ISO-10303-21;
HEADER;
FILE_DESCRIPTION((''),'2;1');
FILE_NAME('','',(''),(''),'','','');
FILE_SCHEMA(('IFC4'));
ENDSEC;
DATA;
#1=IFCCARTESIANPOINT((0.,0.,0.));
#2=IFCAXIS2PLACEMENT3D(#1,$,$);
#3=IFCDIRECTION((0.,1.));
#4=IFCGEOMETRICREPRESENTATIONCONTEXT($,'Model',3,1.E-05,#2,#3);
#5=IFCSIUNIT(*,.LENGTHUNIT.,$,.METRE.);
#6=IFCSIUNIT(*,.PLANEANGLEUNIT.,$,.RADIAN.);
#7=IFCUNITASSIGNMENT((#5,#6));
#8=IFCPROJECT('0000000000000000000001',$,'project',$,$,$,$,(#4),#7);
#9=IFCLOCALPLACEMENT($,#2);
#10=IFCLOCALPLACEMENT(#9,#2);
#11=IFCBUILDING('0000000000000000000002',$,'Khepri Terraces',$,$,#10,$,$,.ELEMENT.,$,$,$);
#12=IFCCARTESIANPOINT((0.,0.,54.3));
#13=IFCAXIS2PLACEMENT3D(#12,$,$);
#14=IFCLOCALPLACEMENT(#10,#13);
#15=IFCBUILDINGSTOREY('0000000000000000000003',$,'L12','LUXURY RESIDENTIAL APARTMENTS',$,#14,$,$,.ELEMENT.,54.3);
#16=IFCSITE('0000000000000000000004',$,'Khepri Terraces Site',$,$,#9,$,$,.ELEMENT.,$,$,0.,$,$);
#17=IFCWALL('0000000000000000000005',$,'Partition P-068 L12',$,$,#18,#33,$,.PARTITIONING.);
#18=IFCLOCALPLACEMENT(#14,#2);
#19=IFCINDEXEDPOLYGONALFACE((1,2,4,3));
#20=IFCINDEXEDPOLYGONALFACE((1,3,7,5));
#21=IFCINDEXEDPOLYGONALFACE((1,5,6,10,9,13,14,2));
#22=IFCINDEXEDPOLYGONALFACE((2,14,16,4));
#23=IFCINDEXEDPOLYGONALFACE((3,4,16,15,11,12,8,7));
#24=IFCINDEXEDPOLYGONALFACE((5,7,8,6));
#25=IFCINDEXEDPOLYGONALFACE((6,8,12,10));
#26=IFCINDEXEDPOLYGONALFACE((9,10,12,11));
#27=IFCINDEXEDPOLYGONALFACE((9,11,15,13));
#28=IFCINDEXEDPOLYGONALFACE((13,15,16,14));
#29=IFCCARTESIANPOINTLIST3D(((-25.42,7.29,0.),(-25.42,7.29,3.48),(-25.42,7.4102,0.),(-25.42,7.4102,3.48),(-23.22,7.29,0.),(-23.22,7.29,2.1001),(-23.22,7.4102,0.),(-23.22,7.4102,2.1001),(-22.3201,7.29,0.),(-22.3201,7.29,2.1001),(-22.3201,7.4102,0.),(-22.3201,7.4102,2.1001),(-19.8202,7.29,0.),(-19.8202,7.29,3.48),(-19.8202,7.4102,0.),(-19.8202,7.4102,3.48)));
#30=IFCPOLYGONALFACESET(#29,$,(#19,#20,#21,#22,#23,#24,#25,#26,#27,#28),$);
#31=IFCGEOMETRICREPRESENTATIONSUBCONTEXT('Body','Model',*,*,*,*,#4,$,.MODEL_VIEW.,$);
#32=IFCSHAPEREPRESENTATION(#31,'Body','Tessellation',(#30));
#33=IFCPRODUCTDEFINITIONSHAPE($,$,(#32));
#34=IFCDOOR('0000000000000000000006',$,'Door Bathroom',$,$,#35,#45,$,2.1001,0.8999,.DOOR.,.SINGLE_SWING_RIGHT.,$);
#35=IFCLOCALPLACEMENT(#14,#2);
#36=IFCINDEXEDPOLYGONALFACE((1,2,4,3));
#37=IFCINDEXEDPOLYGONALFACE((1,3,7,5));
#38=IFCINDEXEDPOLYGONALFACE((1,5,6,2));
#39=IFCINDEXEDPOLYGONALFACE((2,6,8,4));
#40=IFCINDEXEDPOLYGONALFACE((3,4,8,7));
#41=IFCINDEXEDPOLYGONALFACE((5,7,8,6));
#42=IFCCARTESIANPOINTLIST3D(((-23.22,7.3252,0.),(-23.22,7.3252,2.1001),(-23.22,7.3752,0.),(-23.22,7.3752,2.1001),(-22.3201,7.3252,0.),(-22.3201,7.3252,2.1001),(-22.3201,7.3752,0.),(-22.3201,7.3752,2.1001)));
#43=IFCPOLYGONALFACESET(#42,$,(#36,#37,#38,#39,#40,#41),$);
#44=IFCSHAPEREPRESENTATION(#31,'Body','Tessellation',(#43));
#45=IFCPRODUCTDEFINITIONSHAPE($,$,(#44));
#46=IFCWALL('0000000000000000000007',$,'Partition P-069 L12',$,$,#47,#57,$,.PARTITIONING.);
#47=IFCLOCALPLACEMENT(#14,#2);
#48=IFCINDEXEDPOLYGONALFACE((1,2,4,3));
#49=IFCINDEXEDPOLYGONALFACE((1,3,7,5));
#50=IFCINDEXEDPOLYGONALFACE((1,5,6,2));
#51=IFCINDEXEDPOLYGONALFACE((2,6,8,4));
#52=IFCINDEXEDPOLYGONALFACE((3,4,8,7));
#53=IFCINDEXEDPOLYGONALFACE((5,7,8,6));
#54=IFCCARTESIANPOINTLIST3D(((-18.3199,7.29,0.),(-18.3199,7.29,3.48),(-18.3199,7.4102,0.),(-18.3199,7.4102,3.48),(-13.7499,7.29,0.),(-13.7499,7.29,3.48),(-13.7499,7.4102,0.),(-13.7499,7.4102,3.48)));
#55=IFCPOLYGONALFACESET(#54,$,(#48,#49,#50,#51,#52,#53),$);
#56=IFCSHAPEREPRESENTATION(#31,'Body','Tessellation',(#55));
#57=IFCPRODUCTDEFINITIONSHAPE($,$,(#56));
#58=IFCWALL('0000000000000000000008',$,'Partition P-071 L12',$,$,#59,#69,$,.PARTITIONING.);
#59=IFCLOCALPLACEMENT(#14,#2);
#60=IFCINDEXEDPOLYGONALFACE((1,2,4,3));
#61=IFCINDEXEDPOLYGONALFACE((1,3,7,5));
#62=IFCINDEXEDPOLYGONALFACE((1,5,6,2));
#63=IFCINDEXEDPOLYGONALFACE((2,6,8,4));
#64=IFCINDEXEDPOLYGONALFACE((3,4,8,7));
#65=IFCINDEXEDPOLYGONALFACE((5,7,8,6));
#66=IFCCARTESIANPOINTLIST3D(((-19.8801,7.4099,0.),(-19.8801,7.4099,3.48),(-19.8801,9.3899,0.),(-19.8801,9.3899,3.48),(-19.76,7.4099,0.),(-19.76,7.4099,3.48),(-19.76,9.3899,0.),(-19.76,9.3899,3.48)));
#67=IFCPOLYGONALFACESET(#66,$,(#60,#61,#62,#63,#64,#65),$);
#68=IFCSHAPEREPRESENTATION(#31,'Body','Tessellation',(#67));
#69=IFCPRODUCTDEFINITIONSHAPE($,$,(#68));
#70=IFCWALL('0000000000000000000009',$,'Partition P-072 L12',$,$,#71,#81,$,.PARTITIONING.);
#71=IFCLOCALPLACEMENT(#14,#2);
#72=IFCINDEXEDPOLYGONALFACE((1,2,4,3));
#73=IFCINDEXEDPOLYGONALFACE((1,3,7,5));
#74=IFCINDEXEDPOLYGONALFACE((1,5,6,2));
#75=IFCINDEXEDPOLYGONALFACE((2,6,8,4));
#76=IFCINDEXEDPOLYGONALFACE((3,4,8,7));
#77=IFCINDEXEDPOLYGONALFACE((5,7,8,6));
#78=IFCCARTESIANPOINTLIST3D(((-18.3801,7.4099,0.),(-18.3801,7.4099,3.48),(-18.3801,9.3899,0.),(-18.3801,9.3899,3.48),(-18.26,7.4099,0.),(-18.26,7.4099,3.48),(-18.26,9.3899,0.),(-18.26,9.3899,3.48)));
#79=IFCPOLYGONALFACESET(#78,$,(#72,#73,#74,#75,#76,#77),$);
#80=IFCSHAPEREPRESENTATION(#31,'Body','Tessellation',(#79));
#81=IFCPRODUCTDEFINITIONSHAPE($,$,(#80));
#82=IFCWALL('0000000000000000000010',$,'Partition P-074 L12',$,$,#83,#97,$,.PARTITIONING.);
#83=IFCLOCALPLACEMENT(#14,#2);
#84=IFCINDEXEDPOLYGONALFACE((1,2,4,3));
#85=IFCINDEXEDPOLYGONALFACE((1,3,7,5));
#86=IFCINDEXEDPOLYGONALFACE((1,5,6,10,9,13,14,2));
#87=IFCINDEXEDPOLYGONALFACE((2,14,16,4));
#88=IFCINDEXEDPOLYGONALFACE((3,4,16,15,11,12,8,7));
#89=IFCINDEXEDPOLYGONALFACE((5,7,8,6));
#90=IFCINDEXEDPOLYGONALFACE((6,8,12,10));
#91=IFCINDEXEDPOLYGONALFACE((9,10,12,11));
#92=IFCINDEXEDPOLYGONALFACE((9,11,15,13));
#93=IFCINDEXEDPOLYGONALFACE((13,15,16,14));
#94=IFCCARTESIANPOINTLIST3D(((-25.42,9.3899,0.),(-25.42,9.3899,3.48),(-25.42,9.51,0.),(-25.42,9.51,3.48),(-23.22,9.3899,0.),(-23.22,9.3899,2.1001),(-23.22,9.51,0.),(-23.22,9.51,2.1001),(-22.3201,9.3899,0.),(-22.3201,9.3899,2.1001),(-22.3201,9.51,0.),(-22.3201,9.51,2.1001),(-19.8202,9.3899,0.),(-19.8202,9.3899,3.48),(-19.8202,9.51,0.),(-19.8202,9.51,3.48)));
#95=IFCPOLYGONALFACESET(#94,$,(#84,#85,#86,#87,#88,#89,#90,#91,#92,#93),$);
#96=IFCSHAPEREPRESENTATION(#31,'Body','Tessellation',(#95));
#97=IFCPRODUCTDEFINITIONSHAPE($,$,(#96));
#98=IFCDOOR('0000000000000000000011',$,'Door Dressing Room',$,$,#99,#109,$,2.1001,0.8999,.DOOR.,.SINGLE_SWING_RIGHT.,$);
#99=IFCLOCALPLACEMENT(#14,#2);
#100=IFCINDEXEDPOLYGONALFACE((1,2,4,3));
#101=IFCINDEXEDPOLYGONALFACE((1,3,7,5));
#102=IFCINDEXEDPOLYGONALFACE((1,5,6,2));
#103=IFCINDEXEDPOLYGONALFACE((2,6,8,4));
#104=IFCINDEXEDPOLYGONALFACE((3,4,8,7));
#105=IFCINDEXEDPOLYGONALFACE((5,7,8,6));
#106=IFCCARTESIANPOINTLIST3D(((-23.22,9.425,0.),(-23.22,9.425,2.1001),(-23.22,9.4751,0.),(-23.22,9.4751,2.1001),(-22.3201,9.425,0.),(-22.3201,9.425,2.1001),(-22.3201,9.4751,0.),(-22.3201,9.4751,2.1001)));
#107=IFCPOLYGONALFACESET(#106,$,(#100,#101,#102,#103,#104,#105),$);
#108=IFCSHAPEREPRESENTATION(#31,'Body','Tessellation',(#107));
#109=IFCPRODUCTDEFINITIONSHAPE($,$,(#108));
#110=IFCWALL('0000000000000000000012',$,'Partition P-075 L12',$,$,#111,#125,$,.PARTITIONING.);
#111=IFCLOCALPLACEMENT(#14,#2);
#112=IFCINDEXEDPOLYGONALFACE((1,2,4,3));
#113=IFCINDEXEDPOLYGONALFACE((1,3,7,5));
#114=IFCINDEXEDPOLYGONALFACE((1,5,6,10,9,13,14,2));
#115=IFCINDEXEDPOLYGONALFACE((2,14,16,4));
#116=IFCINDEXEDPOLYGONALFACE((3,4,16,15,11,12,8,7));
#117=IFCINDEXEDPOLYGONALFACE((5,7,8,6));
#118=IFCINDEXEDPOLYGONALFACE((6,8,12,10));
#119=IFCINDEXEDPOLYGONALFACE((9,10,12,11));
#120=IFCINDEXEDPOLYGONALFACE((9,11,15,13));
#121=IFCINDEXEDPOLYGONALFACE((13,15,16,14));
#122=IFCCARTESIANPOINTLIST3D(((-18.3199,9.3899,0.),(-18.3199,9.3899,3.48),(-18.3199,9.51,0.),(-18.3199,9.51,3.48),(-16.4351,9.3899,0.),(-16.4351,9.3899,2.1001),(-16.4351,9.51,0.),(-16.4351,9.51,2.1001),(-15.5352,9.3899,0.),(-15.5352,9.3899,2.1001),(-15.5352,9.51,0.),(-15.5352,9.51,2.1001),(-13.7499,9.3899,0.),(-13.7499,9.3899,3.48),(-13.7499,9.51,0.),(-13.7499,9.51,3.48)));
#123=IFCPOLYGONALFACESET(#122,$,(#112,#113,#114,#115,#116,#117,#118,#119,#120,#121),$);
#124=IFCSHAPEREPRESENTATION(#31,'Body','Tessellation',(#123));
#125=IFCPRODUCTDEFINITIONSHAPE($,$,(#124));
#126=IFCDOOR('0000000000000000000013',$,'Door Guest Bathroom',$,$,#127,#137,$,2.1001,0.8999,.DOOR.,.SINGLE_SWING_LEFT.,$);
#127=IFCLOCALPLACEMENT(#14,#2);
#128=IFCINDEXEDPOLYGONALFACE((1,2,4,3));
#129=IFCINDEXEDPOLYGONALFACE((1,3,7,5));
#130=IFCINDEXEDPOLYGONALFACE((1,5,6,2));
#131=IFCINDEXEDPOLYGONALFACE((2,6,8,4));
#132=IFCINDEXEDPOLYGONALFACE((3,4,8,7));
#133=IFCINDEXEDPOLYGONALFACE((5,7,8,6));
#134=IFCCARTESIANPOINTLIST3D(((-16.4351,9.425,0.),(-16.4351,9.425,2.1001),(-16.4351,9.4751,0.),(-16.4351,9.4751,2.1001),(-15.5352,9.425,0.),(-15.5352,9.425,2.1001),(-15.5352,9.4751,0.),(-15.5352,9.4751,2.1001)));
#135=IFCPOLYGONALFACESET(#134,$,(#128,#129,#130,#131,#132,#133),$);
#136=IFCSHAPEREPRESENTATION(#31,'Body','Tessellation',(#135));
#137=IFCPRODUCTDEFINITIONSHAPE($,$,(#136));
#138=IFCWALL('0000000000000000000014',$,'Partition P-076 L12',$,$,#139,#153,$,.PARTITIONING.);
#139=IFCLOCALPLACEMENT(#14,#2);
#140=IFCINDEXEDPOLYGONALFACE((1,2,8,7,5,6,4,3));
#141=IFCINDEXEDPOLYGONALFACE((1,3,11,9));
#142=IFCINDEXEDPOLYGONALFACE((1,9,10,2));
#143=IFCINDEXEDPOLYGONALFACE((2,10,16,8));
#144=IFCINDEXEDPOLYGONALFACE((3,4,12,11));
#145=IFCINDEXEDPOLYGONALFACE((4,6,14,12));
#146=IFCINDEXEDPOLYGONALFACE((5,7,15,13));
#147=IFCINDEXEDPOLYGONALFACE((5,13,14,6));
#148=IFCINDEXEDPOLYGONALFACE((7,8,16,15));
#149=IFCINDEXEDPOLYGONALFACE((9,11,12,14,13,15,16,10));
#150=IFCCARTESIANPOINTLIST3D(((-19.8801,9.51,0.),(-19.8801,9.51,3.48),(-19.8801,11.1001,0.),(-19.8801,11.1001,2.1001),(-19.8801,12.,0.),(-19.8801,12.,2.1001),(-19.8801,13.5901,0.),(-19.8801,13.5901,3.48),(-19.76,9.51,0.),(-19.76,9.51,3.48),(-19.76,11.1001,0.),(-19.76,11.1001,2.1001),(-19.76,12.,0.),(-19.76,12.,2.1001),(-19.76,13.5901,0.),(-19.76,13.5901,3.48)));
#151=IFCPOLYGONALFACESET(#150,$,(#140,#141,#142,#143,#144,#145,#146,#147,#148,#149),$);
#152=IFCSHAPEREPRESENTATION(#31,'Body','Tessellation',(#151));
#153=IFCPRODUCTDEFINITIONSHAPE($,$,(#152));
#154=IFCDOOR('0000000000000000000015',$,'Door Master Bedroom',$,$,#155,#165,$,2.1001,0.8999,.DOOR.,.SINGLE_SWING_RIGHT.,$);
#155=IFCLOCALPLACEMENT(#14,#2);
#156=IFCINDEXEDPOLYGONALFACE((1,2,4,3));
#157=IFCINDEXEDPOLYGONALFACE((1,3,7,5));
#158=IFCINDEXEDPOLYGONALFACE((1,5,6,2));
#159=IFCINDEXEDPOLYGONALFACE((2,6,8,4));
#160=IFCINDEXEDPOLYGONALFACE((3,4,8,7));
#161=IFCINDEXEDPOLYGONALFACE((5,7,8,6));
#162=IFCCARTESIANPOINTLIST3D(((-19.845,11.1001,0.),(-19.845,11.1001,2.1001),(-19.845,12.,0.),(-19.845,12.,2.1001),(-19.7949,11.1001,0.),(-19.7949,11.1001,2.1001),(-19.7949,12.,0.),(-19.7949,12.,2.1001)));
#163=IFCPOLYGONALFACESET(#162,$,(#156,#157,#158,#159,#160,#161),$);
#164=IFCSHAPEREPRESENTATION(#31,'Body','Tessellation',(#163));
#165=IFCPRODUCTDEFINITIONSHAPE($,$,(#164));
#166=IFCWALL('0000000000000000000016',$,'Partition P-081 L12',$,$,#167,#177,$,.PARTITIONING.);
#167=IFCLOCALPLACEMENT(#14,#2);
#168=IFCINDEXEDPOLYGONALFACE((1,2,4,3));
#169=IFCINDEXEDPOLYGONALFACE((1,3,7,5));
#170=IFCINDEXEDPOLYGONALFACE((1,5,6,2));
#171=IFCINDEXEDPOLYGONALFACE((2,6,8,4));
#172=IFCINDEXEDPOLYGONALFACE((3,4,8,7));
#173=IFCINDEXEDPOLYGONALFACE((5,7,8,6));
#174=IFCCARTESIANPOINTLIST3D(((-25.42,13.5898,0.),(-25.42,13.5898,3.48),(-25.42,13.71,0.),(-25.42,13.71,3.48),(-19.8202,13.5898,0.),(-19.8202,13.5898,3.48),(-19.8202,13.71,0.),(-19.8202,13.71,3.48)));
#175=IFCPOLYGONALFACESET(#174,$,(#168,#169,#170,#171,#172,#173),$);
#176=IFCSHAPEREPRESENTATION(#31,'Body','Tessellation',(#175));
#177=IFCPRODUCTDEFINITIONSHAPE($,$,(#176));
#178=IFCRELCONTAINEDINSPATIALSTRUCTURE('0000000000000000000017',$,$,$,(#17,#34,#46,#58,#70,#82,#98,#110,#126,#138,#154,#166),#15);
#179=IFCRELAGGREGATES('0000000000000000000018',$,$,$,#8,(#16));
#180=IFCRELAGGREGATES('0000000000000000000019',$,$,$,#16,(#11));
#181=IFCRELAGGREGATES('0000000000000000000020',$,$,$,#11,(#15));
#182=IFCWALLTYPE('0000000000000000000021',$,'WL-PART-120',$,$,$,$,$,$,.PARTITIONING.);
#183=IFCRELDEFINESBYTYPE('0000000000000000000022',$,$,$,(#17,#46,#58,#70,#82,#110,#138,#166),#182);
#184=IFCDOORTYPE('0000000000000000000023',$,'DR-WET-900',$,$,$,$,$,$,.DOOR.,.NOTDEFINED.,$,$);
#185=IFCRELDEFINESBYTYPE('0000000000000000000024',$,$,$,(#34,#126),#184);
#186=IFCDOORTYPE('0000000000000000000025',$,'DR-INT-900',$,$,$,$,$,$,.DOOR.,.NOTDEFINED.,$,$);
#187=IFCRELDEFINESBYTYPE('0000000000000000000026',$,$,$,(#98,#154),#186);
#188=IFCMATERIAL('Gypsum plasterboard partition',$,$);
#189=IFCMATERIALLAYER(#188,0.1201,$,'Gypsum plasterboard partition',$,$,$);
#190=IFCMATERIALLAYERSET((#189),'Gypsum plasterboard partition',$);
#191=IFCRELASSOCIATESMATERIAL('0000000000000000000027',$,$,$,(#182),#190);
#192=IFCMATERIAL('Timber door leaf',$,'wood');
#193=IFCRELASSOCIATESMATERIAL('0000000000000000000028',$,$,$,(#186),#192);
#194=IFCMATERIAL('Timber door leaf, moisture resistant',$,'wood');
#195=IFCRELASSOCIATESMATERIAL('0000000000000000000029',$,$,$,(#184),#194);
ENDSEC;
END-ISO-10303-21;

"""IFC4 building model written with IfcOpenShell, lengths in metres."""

from ifc_helpers import new_model, si_unit, direction, frame, frame_2d, origin, place, context, subcontext, project, spatial, rectangle, extrude, material, layer, layer_set, type_object, element, fill, save


model = new_model("IFC4")

# Units and contexts
model_context = context("Model", 3, precision=1e-05, world=origin(), true_north=direction((0.0, 1.0)))
body_context = subcontext(model_context, "Body", "Model", "MODEL_VIEW")
ifc_project = project(units=[si_unit("LENGTHUNIT", "METRE"), si_unit("PLANEANGLEUNIT", "RADIAN")], contexts=[model_context])

# Site, building, storey
site_placement = place(None, origin())
site = spatial("IfcSite", under=ifc_project, at=site_placement, Name="Khepri Terraces Site", CompositionType="ELEMENT", RefElevation=0.0)
building_placement = place(site_placement, origin())
building = spatial("IfcBuilding", under=site, at=building_placement, Name="Khepri Terraces", CompositionType="ELEMENT")
storey_placement = place(building_placement, frame((0.0, 0.0, 54.3)))
storey = spatial("IfcBuildingStorey", under=building, at=storey_placement, Name="L12", Description="LUXURY RESIDENTIAL APARTMENTS", CompositionType="ELEMENT", Elevation=54.3)

# Shared definitions
ifc_material_1 = material(Name="Gypsum plasterboard partition")
ifc_layer_1 = layer(ifc_material_1, 0.1201, Name="Gypsum plasterboard partition")
ifc_layer_set_1 = layer_set([ifc_layer_1], Name="Gypsum plasterboard partition")
wall_type_1 = type_object("IfcWallType", Name="WL-PART-120", PredefinedType="PARTITIONING", material=ifc_layer_set_1)

# Wall, opening, door
ifc_material_2 = material(Name="Timber door leaf", Category="wood")
door_type_1 = type_object("IfcDoorType", Name="DR-INT-900", OperationType="NOTDEFINED", PredefinedType="DOOR", material=ifc_material_2)
wall_1_placement = place(storey_placement, frame((-25.4199, 7.3501, 0.0), z_axis=(0.0, 0.0, 1.0), x_axis=(1.0, 0.0, 0.0)))
wall_1 = element("IfcWall", 1, at=wall_1_placement, inside=storey, type_object=wall_type_1, Name="Partition P-068 L12", PredefinedType="PARTITIONING", context=body_context, shape_type="SweptSolid", body=[
    extrude(rectangle(XDim=5.5999, YDim=0.1201, at=frame_2d((2.7998, 0.0))), origin(), (0.0, 0.0, 1.0), 3.48),
])
opening_1_placement = place(wall_1_placement, frame((2.2, 0.0, 0.0)))
opening_1 = element("IfcOpeningElement", 2, at=opening_1_placement, cuts=wall_1, PredefinedType="OPENING", context=body_context, shape_type="SweptSolid", body=[
    extrude(rectangle(XDim=0.8999, YDim=2.1001, at=frame_2d((0.45, 1.05))), frame((0.0, 0.0701, 0.0), z_axis=(0.0, -1.0, 0.0), x_axis=(1.0, 0.0, 0.0)), (0.0, 0.0, 1.0), 0.1401),
])
ifc_material_3 = material(Name="Timber door leaf, moisture resistant", Category="wood")
door_type_2 = type_object("IfcDoorType", Name="DR-WET-900", OperationType="NOTDEFINED", PredefinedType="DOOR", material=ifc_material_3)
door_1_placement = place(opening_1_placement, frame((0.8999, 0.0, 0.0), z_axis=(0.0, 0.0, 1.0), x_axis=(-1.0, 0.0, 0.0)))
door_1 = element("IfcDoor", 3, at=door_1_placement, inside=storey, type_object=door_type_2, Name="Door Bathroom", OperationType="SINGLE_SWING_RIGHT", OverallHeight=2.1001, OverallWidth=0.8999, PredefinedType="DOOR", context=body_context, shape_type="SweptSolid", body=[
    extrude(rectangle(XDim=0.8999, YDim=2.1001, at=frame_2d((0.45, 1.05))), frame((0.0, 0.0249, 0.0), z_axis=(0.0, -1.0, 0.0), x_axis=(1.0, 0.0, 0.0)), (0.0, 0.0, 1.0), 0.05),
])
fill(opening_1, door_1)

# Walls
wall_2_placement = place(storey_placement, frame((-18.3201, 7.3501, 0.0), z_axis=(0.0, 0.0, 1.0), x_axis=(1.0, 0.0, 0.0)))
element("IfcWall", 4, at=wall_2_placement, inside=storey, type_object=wall_type_1, Name="Partition P-069 L12", PredefinedType="PARTITIONING", context=body_context, shape_type="SweptSolid", body=[
    extrude(rectangle(XDim=4.5701, YDim=0.1201, at=frame_2d((2.2852, 0.0))), origin(), (0.0, 0.0, 1.0), 3.48),
])
for number, where, z_axis, x_axis, name in (
    (5, (-19.8201, 7.4099, 0.0), (0.0, 0.0, 1.0), (0.0, 1.0, 0.0), "Partition P-071 L12"),
    (6, (-18.3201, 7.4099, 0.0), (0.0, 0.0, 1.0), (0.0, 1.0, 0.0), "Partition P-072 L12"),
):
    element("IfcWall", number, at=place(storey_placement, frame(where, z_axis=z_axis, x_axis=x_axis)), inside=storey, type_object=wall_type_1, Name=name, PredefinedType="PARTITIONING", context=body_context, shape_type="SweptSolid", body=[
        extrude(rectangle(XDim=1.98, YDim=0.1201, at=frame_2d((0.99, 0.0))), origin(), (0.0, 0.0, 1.0), 3.48),
    ])

# Walls, openings, doors
wall_3_placement = place(storey_placement, frame((-25.4199, 9.45, 0.0), z_axis=(0.0, 0.0, 1.0), x_axis=(1.0, 0.0, 0.0)))
wall_3 = element("IfcWall", 7, at=wall_3_placement, inside=storey, type_object=wall_type_1, Name="Partition P-074 L12", PredefinedType="PARTITIONING", context=body_context, shape_type="SweptSolid", body=[
    extrude(rectangle(XDim=5.5999, YDim=0.1201, at=frame_2d((2.7998, 0.0))), origin(), (0.0, 0.0, 1.0), 3.48),
])
opening_2_placement = place(wall_3_placement, frame((2.2, 0.0, 0.0)))
opening_2 = element("IfcOpeningElement", 8, at=opening_2_placement, cuts=wall_3, PredefinedType="OPENING", context=body_context, shape_type="SweptSolid", body=[
    extrude(rectangle(XDim=0.8999, YDim=2.1001, at=frame_2d((0.45, 1.05))), frame((0.0, 0.0701, 0.0), z_axis=(0.0, -1.0, 0.0), x_axis=(1.0, 0.0, 0.0)), (0.0, 0.0, 1.0), 0.1401),
])
door_2_placement = place(opening_2_placement, frame((0.8999, 0.0, 0.0), z_axis=(0.0, 0.0, 1.0), x_axis=(-1.0, 0.0, 0.0)))
door_2 = element("IfcDoor", 9, at=door_2_placement, inside=storey, type_object=door_type_1, Name="Door Dressing Room", OperationType="SINGLE_SWING_RIGHT", OverallHeight=2.1001, OverallWidth=0.8999, PredefinedType="DOOR", context=body_context, shape_type="SweptSolid", body=[
    extrude(rectangle(XDim=0.8999, YDim=2.1001, at=frame_2d((0.45, 1.05))), frame((0.0, 0.0249, 0.0), z_axis=(0.0, -1.0, 0.0), x_axis=(1.0, 0.0, 0.0)), (0.0, 0.0, 1.0), 0.05),
])
fill(opening_2, door_2)
wall_4_placement = place(storey_placement, frame((-18.3201, 9.45, 0.0), z_axis=(0.0, 0.0, 1.0), x_axis=(1.0, 0.0, 0.0)))
wall_4 = element("IfcWall", 10, at=wall_4_placement, inside=storey, type_object=wall_type_1, Name="Partition P-075 L12", PredefinedType="PARTITIONING", context=body_context, shape_type="SweptSolid", body=[
    extrude(rectangle(XDim=4.5701, YDim=0.1201, at=frame_2d((2.2852, 0.0))), origin(), (0.0, 0.0, 1.0), 3.48),
])
opening_3_placement = place(wall_4_placement, frame((1.885, 0.0, 0.0)))
opening_3 = element("IfcOpeningElement", 11, at=opening_3_placement, cuts=wall_4, PredefinedType="OPENING", context=body_context, shape_type="SweptSolid", body=[
    extrude(rectangle(XDim=0.8999, YDim=2.1001, at=frame_2d((0.45, 1.05))), frame((0.0, 0.0701, 0.0), z_axis=(0.0, -1.0, 0.0), x_axis=(1.0, 0.0, 0.0)), (0.0, 0.0, 1.0), 0.1401),
])
door_3_placement = place(opening_3_placement, frame((0.8999, 0.0, 0.0), z_axis=(0.0, 0.0, 1.0), x_axis=(-1.0, 0.0, 0.0)))
door_3 = element("IfcDoor", 12, at=door_3_placement, inside=storey, type_object=door_type_2, Name="Door Guest Bathroom", OperationType="SINGLE_SWING_LEFT", OverallHeight=2.1001, OverallWidth=0.8999, PredefinedType="DOOR", context=body_context, shape_type="SweptSolid", body=[
    extrude(rectangle(XDim=0.8999, YDim=2.1001, at=frame_2d((0.45, 1.05))), frame((0.0, 0.0249, 0.0), z_axis=(0.0, -1.0, 0.0), x_axis=(1.0, 0.0, 0.0)), (0.0, 0.0, 1.0), 0.05),
])
fill(opening_3, door_3)
wall_5_placement = place(storey_placement, frame((-19.8201, 9.51, 0.0), z_axis=(0.0, 0.0, 1.0), x_axis=(0.0, 1.0, 0.0)))
wall_5 = element("IfcWall", 13, at=wall_5_placement, inside=storey, type_object=wall_type_1, Name="Partition P-076 L12", PredefinedType="PARTITIONING", context=body_context, shape_type="SweptSolid", body=[
    extrude(rectangle(XDim=4.0801, YDim=0.1201, at=frame_2d((2.04, 0.0))), origin(), (0.0, 0.0, 1.0), 3.48),
])
opening_4_placement = place(wall_5_placement, frame((1.5901, 0.0, 0.0)))
opening_4 = element("IfcOpeningElement", 14, at=opening_4_placement, cuts=wall_5, PredefinedType="OPENING", context=body_context, shape_type="SweptSolid", body=[
    extrude(rectangle(XDim=0.8999, YDim=2.1001, at=frame_2d((0.45, 1.05))), frame((0.0, 0.0701, 0.0), z_axis=(0.0, -1.0, 0.0), x_axis=(1.0, 0.0, 0.0)), (0.0, 0.0, 1.0), 0.1401),
])
door_4_placement = place(opening_4_placement, origin())
door_4 = element("IfcDoor", 15, at=door_4_placement, inside=storey, type_object=door_type_1, Name="Door Master Bedroom", OperationType="SINGLE_SWING_RIGHT", OverallHeight=2.1001, OverallWidth=0.8999, PredefinedType="DOOR", context=body_context, shape_type="SweptSolid", body=[
    extrude(rectangle(XDim=0.8999, YDim=2.1001, at=frame_2d((0.45, 1.05))), frame((0.0, 0.0249, 0.0), z_axis=(0.0, -1.0, 0.0), x_axis=(1.0, 0.0, 0.0)), (0.0, 0.0, 1.0), 0.05),
])
fill(opening_4, door_4)

# Wall
wall_6_placement = place(storey_placement, frame((-25.4199, 13.6499, 0.0), z_axis=(0.0, 0.0, 1.0), x_axis=(1.0, 0.0, 0.0)))
element("IfcWall", 16, at=wall_6_placement, inside=storey, type_object=wall_type_1, Name="Partition P-081 L12", PredefinedType="PARTITIONING", context=body_context, shape_type="SweptSolid", body=[
    extrude(rectangle(XDim=5.5999, YDim=0.1201, at=frame_2d((2.7998, 0.0))), origin(), (0.0, 0.0, 1.0), 3.48),
])

save(model, "model.ifc")
